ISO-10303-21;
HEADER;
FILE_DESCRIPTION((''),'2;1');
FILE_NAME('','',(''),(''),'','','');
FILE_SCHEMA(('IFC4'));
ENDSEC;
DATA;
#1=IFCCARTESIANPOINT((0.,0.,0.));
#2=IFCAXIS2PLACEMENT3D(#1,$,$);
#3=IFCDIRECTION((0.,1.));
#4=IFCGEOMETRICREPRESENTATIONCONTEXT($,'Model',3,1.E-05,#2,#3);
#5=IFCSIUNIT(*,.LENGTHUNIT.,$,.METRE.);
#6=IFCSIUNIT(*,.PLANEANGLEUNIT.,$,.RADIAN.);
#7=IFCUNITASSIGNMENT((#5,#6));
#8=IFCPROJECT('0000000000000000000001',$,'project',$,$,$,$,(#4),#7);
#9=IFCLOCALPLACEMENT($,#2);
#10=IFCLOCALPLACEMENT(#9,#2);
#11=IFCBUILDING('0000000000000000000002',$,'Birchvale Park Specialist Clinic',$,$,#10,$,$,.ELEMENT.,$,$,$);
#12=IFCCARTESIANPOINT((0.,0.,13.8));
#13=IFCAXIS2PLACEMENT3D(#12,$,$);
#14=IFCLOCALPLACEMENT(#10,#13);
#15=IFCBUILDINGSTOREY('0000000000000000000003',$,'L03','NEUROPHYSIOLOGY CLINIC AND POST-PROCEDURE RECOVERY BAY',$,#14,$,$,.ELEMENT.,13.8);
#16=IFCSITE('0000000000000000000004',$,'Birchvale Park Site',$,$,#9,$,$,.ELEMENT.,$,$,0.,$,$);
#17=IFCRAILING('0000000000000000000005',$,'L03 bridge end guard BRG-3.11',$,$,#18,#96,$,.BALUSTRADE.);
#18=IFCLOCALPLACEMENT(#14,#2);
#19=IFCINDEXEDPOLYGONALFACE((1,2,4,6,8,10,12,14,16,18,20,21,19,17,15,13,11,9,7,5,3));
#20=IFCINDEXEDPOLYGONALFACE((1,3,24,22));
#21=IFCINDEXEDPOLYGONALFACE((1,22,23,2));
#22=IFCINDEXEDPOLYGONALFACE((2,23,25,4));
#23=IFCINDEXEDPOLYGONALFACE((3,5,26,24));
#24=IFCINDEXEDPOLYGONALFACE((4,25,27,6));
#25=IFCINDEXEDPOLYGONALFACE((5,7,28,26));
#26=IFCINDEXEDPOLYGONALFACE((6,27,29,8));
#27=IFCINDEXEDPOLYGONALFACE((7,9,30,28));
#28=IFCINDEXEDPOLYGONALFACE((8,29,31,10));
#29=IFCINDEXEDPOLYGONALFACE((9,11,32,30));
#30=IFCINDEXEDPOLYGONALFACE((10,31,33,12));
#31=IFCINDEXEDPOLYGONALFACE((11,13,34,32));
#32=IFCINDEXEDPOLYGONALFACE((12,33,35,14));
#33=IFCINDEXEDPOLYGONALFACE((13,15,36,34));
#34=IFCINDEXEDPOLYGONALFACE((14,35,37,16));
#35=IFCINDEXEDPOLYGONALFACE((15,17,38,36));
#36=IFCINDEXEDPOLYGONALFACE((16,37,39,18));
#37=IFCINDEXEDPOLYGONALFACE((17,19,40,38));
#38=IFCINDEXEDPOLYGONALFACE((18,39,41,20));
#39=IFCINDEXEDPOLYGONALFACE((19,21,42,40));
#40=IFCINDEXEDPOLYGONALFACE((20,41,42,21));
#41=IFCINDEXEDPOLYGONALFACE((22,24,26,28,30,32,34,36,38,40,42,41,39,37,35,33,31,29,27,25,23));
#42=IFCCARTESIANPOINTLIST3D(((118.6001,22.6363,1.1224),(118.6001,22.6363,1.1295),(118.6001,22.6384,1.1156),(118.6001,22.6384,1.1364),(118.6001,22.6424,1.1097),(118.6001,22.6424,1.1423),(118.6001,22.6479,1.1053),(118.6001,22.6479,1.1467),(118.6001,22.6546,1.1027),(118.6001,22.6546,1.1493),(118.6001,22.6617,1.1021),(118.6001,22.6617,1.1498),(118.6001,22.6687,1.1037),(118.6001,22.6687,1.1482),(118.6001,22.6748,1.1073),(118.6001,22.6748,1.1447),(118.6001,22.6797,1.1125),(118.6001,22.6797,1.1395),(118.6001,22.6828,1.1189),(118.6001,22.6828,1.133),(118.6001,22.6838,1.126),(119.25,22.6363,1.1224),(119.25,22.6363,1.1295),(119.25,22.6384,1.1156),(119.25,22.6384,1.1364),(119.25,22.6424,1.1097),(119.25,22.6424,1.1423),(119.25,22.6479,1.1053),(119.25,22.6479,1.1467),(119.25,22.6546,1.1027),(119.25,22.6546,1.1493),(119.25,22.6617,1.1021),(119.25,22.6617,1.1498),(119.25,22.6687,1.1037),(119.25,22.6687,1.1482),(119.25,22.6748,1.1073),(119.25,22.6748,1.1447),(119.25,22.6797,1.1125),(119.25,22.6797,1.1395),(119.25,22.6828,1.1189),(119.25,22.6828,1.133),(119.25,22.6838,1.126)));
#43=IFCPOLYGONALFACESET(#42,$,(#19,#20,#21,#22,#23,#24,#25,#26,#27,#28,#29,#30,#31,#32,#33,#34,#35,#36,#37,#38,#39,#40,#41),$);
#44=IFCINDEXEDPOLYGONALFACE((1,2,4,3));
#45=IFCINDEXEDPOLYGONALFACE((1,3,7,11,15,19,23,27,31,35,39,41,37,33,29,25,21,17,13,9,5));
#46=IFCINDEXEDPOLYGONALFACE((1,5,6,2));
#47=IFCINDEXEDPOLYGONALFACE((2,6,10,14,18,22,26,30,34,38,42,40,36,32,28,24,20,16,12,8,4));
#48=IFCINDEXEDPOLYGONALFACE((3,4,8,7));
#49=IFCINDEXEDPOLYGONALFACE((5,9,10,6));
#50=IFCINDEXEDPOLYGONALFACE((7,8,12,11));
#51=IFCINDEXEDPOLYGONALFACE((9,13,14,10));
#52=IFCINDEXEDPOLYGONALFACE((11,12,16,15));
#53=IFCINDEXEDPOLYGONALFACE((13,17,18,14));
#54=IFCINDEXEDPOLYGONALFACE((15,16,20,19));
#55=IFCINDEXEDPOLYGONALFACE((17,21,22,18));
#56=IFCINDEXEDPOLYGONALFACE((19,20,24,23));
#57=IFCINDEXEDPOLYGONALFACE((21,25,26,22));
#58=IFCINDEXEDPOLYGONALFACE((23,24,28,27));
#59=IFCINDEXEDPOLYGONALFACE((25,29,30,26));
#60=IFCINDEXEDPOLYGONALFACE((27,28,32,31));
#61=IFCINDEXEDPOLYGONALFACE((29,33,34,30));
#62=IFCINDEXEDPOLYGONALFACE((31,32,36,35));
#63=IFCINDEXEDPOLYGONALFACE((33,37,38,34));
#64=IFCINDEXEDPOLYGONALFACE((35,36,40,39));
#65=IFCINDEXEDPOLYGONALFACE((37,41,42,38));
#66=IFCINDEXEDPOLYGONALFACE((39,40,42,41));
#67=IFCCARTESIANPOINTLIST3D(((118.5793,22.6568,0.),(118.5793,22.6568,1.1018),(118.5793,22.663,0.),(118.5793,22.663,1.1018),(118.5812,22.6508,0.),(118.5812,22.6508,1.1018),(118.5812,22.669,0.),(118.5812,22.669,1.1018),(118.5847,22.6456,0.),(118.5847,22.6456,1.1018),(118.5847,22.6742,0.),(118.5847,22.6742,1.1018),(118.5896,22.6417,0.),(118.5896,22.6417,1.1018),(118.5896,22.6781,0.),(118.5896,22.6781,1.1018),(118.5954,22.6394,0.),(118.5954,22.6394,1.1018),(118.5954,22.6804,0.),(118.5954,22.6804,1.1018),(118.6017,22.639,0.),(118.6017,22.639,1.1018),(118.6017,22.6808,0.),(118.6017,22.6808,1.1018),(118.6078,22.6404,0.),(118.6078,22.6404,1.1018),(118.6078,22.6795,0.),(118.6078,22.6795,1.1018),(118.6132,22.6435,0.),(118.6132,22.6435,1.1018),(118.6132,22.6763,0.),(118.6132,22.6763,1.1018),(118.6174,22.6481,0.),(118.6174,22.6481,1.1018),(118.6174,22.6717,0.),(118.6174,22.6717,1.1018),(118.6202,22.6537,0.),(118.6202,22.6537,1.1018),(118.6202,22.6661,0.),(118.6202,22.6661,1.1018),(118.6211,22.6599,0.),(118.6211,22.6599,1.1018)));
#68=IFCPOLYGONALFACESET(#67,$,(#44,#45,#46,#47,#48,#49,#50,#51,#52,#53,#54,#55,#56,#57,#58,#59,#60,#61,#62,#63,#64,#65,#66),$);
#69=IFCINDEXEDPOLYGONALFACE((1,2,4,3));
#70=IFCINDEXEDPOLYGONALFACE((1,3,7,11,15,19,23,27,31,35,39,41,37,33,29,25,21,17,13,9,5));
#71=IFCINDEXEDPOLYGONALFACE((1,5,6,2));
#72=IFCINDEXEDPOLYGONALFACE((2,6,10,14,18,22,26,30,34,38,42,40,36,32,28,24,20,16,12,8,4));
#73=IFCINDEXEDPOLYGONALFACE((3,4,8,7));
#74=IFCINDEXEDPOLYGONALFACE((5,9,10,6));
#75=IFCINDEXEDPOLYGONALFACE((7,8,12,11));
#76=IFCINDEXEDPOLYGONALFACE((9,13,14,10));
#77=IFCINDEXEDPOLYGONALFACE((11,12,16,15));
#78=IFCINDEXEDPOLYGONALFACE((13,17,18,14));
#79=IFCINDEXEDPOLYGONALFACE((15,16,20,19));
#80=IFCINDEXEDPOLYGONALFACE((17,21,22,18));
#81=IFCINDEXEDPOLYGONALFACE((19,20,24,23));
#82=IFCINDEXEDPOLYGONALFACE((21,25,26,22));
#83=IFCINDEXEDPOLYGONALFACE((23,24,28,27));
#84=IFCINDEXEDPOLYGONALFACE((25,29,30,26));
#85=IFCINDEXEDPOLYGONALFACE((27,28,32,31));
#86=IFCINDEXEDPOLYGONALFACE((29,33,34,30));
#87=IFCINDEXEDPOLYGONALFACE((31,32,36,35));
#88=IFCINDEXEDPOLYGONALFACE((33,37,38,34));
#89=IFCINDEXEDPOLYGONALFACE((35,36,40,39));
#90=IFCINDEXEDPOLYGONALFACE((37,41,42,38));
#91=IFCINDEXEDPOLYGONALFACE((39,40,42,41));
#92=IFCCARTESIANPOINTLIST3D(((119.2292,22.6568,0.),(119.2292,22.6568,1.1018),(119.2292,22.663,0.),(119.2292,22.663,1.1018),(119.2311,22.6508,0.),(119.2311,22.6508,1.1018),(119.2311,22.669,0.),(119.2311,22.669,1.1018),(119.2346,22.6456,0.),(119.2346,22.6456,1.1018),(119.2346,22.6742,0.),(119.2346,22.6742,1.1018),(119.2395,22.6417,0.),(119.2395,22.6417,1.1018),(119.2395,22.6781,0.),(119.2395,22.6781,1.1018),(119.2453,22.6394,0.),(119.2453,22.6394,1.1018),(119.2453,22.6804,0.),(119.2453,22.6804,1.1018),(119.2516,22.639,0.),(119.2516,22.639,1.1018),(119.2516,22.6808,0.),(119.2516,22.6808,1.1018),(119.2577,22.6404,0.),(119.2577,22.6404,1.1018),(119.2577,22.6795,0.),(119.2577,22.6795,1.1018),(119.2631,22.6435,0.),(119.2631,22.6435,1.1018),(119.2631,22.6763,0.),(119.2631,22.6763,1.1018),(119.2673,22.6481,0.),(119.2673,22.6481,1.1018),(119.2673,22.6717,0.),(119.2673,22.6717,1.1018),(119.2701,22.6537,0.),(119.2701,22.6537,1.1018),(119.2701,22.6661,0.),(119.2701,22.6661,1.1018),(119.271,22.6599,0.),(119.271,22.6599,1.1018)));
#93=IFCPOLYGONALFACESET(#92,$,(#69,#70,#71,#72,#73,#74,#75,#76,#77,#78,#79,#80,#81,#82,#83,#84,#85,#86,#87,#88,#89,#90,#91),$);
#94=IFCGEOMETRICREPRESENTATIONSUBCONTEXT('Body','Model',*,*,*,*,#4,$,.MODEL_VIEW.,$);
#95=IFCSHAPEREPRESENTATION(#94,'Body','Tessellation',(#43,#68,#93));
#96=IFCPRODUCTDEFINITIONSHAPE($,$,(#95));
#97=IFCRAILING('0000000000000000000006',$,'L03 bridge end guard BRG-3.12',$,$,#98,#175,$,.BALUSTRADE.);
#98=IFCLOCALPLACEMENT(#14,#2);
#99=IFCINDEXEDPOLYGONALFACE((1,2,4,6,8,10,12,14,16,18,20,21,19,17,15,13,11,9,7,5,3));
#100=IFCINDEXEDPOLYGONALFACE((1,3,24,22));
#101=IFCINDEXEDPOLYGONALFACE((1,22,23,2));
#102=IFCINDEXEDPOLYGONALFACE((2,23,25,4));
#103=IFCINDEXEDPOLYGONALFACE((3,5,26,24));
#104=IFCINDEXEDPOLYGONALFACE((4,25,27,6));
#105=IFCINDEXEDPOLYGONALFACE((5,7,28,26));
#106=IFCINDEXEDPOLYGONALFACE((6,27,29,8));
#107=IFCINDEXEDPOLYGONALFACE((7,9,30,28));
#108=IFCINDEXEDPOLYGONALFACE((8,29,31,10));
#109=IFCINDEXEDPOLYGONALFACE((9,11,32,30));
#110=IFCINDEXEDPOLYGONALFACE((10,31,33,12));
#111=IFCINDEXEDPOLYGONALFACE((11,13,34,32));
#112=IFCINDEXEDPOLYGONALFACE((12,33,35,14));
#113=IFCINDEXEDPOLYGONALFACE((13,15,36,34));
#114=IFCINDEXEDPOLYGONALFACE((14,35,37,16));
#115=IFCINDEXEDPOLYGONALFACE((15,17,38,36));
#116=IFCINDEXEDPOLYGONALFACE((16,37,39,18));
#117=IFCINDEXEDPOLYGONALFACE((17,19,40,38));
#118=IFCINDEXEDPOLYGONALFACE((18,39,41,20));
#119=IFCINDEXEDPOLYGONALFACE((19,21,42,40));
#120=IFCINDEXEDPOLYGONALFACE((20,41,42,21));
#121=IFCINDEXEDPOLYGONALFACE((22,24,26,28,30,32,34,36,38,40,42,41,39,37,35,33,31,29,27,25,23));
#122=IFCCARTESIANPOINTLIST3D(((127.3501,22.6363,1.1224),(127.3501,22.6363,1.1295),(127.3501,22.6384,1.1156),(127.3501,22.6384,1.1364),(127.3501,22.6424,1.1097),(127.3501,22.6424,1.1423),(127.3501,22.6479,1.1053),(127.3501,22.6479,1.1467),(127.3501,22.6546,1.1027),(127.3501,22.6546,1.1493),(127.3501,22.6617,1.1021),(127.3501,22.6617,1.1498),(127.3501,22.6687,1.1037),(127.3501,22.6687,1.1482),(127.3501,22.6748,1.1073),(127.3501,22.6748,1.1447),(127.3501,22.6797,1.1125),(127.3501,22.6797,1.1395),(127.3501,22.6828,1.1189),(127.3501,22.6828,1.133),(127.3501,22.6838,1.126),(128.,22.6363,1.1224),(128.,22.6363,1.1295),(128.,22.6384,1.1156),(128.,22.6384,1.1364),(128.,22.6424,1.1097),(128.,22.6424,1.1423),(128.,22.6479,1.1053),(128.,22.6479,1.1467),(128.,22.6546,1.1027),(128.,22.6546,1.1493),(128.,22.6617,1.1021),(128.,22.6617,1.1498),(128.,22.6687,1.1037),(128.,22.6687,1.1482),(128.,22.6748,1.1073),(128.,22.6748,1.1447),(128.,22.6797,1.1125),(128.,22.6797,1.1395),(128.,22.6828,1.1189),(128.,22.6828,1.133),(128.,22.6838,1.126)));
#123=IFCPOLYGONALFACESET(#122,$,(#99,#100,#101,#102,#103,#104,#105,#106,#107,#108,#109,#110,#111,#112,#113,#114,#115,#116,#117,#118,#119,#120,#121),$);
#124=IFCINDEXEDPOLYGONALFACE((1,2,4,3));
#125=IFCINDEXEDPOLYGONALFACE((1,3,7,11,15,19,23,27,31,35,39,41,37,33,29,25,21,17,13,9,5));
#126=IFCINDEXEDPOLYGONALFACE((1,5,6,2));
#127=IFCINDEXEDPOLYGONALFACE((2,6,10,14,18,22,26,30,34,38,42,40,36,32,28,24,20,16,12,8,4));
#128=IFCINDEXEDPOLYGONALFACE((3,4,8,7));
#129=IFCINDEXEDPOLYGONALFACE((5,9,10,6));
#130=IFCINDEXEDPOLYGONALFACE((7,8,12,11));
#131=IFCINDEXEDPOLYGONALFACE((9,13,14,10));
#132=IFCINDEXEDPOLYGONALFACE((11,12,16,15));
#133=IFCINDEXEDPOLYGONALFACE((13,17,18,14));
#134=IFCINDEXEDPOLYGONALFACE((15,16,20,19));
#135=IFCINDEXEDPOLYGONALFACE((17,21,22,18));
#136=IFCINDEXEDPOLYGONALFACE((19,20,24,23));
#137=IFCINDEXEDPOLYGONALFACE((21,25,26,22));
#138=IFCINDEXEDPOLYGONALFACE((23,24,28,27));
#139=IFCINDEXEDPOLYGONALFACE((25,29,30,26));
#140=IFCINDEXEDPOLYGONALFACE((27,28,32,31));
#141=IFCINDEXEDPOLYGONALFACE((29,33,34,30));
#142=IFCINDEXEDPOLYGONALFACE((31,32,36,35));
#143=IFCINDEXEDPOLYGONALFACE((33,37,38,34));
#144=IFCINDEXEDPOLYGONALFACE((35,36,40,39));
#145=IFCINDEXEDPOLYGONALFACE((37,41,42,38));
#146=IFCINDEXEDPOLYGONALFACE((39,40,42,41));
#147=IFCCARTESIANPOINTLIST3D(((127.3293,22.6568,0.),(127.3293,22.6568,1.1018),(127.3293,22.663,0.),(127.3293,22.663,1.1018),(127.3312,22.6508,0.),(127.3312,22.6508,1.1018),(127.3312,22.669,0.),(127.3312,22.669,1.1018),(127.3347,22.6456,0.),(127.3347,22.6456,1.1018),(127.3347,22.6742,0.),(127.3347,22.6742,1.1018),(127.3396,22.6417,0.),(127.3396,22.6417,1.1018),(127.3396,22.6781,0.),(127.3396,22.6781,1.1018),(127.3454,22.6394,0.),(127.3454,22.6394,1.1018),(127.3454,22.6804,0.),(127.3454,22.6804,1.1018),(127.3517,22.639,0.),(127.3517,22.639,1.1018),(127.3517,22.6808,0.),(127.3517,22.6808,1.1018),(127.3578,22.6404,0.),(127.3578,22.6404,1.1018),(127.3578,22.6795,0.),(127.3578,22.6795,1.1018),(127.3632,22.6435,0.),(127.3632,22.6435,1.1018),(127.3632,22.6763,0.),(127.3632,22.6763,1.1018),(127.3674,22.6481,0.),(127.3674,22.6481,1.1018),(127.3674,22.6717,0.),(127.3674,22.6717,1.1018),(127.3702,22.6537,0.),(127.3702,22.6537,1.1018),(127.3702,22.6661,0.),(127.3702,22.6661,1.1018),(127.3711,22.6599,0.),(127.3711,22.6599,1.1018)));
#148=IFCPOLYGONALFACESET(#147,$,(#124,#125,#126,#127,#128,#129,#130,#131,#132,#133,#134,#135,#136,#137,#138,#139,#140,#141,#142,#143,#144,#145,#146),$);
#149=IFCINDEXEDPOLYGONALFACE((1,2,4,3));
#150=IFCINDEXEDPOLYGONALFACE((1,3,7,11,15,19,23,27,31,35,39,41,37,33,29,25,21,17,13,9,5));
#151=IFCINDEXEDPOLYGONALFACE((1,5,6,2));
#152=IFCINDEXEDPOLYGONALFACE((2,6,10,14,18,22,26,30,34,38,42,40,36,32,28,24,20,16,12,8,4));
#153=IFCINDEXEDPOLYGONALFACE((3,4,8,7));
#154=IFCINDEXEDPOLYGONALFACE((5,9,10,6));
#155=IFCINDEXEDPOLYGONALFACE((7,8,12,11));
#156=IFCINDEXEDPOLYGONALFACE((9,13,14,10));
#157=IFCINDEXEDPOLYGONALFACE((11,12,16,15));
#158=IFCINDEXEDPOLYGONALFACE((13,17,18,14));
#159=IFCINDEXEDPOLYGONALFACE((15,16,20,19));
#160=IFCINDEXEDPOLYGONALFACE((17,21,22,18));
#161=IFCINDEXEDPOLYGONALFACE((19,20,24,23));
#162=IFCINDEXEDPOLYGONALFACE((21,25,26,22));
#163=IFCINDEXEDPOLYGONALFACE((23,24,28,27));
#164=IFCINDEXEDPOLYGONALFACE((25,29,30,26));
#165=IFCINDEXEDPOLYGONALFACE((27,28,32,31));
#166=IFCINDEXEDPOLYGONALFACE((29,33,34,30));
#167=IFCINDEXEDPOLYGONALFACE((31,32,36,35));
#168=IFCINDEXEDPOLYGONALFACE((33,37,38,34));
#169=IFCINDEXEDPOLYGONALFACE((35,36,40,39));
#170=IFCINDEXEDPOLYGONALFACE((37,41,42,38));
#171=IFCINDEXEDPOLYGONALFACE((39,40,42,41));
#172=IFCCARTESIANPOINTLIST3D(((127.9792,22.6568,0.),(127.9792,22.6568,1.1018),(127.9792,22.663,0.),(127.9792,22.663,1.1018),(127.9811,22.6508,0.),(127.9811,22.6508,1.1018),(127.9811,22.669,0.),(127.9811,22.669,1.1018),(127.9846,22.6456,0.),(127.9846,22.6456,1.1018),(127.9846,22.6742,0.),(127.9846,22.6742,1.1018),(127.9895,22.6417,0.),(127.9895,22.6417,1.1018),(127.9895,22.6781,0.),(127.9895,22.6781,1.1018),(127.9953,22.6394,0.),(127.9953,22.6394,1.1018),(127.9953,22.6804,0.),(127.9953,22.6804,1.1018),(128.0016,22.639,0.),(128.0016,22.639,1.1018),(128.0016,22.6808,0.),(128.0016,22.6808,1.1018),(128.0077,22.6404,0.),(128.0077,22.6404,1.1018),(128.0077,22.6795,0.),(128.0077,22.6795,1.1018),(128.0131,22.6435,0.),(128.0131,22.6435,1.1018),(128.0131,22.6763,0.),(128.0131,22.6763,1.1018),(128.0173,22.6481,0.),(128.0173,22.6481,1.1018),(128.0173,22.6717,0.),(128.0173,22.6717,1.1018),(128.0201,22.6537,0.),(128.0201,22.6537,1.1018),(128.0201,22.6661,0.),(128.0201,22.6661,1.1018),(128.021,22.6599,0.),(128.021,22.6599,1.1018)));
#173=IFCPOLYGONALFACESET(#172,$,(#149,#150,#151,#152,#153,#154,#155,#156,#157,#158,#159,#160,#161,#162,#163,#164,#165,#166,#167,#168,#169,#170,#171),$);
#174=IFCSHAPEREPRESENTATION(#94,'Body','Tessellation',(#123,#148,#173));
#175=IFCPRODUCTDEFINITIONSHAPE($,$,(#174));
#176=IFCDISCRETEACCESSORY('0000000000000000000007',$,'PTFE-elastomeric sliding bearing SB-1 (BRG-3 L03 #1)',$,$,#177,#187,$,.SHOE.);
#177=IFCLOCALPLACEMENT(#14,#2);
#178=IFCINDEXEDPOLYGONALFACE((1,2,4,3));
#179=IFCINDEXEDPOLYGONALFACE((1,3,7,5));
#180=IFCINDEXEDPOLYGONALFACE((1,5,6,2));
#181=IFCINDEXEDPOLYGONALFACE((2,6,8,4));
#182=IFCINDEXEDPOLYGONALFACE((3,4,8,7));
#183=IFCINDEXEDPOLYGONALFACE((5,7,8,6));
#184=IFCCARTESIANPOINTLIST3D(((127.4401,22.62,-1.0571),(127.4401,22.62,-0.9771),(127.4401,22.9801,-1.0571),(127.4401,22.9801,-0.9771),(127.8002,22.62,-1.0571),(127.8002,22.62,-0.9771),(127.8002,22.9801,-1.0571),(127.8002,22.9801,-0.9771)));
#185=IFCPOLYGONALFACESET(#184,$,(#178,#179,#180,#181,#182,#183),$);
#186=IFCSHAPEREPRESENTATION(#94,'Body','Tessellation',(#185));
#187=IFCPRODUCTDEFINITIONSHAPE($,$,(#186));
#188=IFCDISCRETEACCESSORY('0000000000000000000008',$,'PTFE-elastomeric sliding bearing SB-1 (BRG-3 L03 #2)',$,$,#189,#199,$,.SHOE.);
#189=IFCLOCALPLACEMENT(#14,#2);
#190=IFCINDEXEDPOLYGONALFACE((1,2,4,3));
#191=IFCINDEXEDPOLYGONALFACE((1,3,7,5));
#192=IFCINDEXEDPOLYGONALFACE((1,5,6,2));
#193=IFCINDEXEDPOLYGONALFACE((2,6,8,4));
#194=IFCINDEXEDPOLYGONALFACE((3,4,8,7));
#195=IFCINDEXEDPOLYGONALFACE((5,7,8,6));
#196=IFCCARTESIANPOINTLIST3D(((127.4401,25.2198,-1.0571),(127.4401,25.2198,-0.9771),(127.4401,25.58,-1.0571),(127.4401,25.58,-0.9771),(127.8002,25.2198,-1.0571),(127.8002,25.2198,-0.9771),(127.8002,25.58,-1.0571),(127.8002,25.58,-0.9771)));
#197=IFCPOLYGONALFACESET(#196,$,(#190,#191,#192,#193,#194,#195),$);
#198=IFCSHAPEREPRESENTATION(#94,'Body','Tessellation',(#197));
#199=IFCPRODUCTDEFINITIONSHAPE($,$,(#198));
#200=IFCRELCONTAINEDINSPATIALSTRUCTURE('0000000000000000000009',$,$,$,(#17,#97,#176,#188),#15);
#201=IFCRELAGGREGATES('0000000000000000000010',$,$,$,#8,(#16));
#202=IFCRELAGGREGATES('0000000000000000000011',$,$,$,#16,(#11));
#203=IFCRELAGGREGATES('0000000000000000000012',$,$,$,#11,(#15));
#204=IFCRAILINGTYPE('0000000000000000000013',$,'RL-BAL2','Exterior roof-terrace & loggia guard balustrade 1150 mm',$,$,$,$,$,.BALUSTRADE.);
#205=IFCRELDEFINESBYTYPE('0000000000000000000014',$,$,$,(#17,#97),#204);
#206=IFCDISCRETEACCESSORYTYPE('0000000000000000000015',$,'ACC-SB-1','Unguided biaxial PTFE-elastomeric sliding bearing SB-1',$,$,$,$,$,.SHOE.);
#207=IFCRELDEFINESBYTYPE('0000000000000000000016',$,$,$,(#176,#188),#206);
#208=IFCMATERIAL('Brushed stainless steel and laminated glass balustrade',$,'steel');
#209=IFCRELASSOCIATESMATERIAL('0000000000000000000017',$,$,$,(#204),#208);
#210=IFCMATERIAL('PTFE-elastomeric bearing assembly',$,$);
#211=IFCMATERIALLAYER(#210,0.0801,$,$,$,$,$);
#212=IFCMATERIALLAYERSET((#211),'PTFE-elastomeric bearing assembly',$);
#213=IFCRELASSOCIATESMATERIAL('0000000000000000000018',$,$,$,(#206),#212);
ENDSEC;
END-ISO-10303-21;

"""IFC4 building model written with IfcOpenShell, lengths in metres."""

from ifc_helpers import new_model, si_unit, direction, frame, origin, origin_2d, place, context, subcontext, project, spatial, rectangle, circle, extrude, material, layer, layer_set, type_object, element, save


model = new_model("IFC4")

# Units and contexts
model_context = context("Model", 3, precision=1e-05, world=origin(), true_north=direction((0.0, 1.0)))
body_context = subcontext(model_context, "Body", "Model", "MODEL_VIEW")
ifc_project = project(units=[si_unit("LENGTHUNIT", "METRE"), si_unit("PLANEANGLEUNIT", "RADIAN")], contexts=[model_context])

# Site, building, storey
site_placement = place(None, origin())
site = spatial("IfcSite", under=ifc_project, at=site_placement, Name="Birchvale Park Site", CompositionType="ELEMENT", RefElevation=0.0)
building_placement = place(site_placement, origin())
building = spatial("IfcBuilding", under=site, at=building_placement, Name="Birchvale Park Specialist Clinic", CompositionType="ELEMENT")
storey_placement = place(building_placement, frame((0.0, 0.0, 13.8)))
storey = spatial("IfcBuildingStorey", under=building, at=storey_placement, Name="L03", Description="NEUROPHYSIOLOGY CLINIC AND POST-PROCEDURE RECOVERY BAY", CompositionType="ELEMENT", Elevation=13.8)

# Railings
ifc_material_1 = material(Name="Brushed stainless steel and laminated glass balustrade", Category="steel")
railing_type = type_object("IfcRailingType", Name="RL-BAL2", Description="Exterior roof-terrace & loggia guard balustrade 1150 mm", PredefinedType="BALUSTRADE", material=ifc_material_1)
for number, where, name in (
    (1, (118.6001, 22.6599, 0.0), "L03 bridge end guard BRG-3.11"),
    (2, (127.3501, 22.6599, 0.0), "L03 bridge end guard BRG-3.12"),
):
    element("IfcRailing", number, at=place(storey_placement, frame(where)), inside=storey, type_object=railing_type, Name=name, PredefinedType="BALUSTRADE", context=body_context, shape_type="SweptSolid", body=[
        extrude(circle(Radius=0.0239, at=origin_2d()), frame((0.0, 0.0, 1.126), z_axis=(1.0, 0.0, 0.0), x_axis=(0.0, 1.0, 0.0)), (0.0, 0.0, 1.0), 0.6499),
        extrude(circle(Radius=0.021, at=origin_2d()), origin(), (0.0, 0.0, 1.0), 1.1018),
        extrude(circle(Radius=0.021, at=origin_2d()), frame((0.6499, 0.0, 0.0)), (0.0, 0.0, 1.0), 1.1018),
    ])

# Discrete accessories
ifc_material_2 = material(Name="PTFE-elastomeric bearing assembly")
ifc_layer_1 = layer(ifc_material_2, 0.0801)
ifc_layer_set_1 = layer_set([ifc_layer_1], Name="PTFE-elastomeric bearing assembly")
discrete_accessory_type = type_object("IfcDiscreteAccessoryType", Name="ACC-SB-1", Description="Unguided biaxial PTFE-elastomeric sliding bearing SB-1", PredefinedType="SHOE", material=ifc_layer_set_1)
for number, where, z_axis, x_axis, name in (
    (3, (127.6201, 22.8, -1.0571), (0.0, 0.0, 1.0), (1.0, 0.0, 0.0), "PTFE-elastomeric sliding bearing SB-1 (BRG-3 L03 #1)"),
    (4, (127.6201, 25.3999, -1.0571), (0.0, 0.0, 1.0), (1.0, 0.0, 0.0), "PTFE-elastomeric sliding bearing SB-1 (BRG-3 L03 #2)"),
):
    element("IfcDiscreteAccessory", number, at=place(storey_placement, frame(where, z_axis=z_axis, x_axis=x_axis)), inside=storey, type_object=discrete_accessory_type, Name=name, PredefinedType="SHOE", context=body_context, shape_type="SweptSolid", body=[
        extrude(rectangle(XDim=0.3601, YDim=0.3601, at=origin_2d()), origin(), (0.0, 0.0, 1.0), 0.0801),
    ])

save(model, "model.ifc")
